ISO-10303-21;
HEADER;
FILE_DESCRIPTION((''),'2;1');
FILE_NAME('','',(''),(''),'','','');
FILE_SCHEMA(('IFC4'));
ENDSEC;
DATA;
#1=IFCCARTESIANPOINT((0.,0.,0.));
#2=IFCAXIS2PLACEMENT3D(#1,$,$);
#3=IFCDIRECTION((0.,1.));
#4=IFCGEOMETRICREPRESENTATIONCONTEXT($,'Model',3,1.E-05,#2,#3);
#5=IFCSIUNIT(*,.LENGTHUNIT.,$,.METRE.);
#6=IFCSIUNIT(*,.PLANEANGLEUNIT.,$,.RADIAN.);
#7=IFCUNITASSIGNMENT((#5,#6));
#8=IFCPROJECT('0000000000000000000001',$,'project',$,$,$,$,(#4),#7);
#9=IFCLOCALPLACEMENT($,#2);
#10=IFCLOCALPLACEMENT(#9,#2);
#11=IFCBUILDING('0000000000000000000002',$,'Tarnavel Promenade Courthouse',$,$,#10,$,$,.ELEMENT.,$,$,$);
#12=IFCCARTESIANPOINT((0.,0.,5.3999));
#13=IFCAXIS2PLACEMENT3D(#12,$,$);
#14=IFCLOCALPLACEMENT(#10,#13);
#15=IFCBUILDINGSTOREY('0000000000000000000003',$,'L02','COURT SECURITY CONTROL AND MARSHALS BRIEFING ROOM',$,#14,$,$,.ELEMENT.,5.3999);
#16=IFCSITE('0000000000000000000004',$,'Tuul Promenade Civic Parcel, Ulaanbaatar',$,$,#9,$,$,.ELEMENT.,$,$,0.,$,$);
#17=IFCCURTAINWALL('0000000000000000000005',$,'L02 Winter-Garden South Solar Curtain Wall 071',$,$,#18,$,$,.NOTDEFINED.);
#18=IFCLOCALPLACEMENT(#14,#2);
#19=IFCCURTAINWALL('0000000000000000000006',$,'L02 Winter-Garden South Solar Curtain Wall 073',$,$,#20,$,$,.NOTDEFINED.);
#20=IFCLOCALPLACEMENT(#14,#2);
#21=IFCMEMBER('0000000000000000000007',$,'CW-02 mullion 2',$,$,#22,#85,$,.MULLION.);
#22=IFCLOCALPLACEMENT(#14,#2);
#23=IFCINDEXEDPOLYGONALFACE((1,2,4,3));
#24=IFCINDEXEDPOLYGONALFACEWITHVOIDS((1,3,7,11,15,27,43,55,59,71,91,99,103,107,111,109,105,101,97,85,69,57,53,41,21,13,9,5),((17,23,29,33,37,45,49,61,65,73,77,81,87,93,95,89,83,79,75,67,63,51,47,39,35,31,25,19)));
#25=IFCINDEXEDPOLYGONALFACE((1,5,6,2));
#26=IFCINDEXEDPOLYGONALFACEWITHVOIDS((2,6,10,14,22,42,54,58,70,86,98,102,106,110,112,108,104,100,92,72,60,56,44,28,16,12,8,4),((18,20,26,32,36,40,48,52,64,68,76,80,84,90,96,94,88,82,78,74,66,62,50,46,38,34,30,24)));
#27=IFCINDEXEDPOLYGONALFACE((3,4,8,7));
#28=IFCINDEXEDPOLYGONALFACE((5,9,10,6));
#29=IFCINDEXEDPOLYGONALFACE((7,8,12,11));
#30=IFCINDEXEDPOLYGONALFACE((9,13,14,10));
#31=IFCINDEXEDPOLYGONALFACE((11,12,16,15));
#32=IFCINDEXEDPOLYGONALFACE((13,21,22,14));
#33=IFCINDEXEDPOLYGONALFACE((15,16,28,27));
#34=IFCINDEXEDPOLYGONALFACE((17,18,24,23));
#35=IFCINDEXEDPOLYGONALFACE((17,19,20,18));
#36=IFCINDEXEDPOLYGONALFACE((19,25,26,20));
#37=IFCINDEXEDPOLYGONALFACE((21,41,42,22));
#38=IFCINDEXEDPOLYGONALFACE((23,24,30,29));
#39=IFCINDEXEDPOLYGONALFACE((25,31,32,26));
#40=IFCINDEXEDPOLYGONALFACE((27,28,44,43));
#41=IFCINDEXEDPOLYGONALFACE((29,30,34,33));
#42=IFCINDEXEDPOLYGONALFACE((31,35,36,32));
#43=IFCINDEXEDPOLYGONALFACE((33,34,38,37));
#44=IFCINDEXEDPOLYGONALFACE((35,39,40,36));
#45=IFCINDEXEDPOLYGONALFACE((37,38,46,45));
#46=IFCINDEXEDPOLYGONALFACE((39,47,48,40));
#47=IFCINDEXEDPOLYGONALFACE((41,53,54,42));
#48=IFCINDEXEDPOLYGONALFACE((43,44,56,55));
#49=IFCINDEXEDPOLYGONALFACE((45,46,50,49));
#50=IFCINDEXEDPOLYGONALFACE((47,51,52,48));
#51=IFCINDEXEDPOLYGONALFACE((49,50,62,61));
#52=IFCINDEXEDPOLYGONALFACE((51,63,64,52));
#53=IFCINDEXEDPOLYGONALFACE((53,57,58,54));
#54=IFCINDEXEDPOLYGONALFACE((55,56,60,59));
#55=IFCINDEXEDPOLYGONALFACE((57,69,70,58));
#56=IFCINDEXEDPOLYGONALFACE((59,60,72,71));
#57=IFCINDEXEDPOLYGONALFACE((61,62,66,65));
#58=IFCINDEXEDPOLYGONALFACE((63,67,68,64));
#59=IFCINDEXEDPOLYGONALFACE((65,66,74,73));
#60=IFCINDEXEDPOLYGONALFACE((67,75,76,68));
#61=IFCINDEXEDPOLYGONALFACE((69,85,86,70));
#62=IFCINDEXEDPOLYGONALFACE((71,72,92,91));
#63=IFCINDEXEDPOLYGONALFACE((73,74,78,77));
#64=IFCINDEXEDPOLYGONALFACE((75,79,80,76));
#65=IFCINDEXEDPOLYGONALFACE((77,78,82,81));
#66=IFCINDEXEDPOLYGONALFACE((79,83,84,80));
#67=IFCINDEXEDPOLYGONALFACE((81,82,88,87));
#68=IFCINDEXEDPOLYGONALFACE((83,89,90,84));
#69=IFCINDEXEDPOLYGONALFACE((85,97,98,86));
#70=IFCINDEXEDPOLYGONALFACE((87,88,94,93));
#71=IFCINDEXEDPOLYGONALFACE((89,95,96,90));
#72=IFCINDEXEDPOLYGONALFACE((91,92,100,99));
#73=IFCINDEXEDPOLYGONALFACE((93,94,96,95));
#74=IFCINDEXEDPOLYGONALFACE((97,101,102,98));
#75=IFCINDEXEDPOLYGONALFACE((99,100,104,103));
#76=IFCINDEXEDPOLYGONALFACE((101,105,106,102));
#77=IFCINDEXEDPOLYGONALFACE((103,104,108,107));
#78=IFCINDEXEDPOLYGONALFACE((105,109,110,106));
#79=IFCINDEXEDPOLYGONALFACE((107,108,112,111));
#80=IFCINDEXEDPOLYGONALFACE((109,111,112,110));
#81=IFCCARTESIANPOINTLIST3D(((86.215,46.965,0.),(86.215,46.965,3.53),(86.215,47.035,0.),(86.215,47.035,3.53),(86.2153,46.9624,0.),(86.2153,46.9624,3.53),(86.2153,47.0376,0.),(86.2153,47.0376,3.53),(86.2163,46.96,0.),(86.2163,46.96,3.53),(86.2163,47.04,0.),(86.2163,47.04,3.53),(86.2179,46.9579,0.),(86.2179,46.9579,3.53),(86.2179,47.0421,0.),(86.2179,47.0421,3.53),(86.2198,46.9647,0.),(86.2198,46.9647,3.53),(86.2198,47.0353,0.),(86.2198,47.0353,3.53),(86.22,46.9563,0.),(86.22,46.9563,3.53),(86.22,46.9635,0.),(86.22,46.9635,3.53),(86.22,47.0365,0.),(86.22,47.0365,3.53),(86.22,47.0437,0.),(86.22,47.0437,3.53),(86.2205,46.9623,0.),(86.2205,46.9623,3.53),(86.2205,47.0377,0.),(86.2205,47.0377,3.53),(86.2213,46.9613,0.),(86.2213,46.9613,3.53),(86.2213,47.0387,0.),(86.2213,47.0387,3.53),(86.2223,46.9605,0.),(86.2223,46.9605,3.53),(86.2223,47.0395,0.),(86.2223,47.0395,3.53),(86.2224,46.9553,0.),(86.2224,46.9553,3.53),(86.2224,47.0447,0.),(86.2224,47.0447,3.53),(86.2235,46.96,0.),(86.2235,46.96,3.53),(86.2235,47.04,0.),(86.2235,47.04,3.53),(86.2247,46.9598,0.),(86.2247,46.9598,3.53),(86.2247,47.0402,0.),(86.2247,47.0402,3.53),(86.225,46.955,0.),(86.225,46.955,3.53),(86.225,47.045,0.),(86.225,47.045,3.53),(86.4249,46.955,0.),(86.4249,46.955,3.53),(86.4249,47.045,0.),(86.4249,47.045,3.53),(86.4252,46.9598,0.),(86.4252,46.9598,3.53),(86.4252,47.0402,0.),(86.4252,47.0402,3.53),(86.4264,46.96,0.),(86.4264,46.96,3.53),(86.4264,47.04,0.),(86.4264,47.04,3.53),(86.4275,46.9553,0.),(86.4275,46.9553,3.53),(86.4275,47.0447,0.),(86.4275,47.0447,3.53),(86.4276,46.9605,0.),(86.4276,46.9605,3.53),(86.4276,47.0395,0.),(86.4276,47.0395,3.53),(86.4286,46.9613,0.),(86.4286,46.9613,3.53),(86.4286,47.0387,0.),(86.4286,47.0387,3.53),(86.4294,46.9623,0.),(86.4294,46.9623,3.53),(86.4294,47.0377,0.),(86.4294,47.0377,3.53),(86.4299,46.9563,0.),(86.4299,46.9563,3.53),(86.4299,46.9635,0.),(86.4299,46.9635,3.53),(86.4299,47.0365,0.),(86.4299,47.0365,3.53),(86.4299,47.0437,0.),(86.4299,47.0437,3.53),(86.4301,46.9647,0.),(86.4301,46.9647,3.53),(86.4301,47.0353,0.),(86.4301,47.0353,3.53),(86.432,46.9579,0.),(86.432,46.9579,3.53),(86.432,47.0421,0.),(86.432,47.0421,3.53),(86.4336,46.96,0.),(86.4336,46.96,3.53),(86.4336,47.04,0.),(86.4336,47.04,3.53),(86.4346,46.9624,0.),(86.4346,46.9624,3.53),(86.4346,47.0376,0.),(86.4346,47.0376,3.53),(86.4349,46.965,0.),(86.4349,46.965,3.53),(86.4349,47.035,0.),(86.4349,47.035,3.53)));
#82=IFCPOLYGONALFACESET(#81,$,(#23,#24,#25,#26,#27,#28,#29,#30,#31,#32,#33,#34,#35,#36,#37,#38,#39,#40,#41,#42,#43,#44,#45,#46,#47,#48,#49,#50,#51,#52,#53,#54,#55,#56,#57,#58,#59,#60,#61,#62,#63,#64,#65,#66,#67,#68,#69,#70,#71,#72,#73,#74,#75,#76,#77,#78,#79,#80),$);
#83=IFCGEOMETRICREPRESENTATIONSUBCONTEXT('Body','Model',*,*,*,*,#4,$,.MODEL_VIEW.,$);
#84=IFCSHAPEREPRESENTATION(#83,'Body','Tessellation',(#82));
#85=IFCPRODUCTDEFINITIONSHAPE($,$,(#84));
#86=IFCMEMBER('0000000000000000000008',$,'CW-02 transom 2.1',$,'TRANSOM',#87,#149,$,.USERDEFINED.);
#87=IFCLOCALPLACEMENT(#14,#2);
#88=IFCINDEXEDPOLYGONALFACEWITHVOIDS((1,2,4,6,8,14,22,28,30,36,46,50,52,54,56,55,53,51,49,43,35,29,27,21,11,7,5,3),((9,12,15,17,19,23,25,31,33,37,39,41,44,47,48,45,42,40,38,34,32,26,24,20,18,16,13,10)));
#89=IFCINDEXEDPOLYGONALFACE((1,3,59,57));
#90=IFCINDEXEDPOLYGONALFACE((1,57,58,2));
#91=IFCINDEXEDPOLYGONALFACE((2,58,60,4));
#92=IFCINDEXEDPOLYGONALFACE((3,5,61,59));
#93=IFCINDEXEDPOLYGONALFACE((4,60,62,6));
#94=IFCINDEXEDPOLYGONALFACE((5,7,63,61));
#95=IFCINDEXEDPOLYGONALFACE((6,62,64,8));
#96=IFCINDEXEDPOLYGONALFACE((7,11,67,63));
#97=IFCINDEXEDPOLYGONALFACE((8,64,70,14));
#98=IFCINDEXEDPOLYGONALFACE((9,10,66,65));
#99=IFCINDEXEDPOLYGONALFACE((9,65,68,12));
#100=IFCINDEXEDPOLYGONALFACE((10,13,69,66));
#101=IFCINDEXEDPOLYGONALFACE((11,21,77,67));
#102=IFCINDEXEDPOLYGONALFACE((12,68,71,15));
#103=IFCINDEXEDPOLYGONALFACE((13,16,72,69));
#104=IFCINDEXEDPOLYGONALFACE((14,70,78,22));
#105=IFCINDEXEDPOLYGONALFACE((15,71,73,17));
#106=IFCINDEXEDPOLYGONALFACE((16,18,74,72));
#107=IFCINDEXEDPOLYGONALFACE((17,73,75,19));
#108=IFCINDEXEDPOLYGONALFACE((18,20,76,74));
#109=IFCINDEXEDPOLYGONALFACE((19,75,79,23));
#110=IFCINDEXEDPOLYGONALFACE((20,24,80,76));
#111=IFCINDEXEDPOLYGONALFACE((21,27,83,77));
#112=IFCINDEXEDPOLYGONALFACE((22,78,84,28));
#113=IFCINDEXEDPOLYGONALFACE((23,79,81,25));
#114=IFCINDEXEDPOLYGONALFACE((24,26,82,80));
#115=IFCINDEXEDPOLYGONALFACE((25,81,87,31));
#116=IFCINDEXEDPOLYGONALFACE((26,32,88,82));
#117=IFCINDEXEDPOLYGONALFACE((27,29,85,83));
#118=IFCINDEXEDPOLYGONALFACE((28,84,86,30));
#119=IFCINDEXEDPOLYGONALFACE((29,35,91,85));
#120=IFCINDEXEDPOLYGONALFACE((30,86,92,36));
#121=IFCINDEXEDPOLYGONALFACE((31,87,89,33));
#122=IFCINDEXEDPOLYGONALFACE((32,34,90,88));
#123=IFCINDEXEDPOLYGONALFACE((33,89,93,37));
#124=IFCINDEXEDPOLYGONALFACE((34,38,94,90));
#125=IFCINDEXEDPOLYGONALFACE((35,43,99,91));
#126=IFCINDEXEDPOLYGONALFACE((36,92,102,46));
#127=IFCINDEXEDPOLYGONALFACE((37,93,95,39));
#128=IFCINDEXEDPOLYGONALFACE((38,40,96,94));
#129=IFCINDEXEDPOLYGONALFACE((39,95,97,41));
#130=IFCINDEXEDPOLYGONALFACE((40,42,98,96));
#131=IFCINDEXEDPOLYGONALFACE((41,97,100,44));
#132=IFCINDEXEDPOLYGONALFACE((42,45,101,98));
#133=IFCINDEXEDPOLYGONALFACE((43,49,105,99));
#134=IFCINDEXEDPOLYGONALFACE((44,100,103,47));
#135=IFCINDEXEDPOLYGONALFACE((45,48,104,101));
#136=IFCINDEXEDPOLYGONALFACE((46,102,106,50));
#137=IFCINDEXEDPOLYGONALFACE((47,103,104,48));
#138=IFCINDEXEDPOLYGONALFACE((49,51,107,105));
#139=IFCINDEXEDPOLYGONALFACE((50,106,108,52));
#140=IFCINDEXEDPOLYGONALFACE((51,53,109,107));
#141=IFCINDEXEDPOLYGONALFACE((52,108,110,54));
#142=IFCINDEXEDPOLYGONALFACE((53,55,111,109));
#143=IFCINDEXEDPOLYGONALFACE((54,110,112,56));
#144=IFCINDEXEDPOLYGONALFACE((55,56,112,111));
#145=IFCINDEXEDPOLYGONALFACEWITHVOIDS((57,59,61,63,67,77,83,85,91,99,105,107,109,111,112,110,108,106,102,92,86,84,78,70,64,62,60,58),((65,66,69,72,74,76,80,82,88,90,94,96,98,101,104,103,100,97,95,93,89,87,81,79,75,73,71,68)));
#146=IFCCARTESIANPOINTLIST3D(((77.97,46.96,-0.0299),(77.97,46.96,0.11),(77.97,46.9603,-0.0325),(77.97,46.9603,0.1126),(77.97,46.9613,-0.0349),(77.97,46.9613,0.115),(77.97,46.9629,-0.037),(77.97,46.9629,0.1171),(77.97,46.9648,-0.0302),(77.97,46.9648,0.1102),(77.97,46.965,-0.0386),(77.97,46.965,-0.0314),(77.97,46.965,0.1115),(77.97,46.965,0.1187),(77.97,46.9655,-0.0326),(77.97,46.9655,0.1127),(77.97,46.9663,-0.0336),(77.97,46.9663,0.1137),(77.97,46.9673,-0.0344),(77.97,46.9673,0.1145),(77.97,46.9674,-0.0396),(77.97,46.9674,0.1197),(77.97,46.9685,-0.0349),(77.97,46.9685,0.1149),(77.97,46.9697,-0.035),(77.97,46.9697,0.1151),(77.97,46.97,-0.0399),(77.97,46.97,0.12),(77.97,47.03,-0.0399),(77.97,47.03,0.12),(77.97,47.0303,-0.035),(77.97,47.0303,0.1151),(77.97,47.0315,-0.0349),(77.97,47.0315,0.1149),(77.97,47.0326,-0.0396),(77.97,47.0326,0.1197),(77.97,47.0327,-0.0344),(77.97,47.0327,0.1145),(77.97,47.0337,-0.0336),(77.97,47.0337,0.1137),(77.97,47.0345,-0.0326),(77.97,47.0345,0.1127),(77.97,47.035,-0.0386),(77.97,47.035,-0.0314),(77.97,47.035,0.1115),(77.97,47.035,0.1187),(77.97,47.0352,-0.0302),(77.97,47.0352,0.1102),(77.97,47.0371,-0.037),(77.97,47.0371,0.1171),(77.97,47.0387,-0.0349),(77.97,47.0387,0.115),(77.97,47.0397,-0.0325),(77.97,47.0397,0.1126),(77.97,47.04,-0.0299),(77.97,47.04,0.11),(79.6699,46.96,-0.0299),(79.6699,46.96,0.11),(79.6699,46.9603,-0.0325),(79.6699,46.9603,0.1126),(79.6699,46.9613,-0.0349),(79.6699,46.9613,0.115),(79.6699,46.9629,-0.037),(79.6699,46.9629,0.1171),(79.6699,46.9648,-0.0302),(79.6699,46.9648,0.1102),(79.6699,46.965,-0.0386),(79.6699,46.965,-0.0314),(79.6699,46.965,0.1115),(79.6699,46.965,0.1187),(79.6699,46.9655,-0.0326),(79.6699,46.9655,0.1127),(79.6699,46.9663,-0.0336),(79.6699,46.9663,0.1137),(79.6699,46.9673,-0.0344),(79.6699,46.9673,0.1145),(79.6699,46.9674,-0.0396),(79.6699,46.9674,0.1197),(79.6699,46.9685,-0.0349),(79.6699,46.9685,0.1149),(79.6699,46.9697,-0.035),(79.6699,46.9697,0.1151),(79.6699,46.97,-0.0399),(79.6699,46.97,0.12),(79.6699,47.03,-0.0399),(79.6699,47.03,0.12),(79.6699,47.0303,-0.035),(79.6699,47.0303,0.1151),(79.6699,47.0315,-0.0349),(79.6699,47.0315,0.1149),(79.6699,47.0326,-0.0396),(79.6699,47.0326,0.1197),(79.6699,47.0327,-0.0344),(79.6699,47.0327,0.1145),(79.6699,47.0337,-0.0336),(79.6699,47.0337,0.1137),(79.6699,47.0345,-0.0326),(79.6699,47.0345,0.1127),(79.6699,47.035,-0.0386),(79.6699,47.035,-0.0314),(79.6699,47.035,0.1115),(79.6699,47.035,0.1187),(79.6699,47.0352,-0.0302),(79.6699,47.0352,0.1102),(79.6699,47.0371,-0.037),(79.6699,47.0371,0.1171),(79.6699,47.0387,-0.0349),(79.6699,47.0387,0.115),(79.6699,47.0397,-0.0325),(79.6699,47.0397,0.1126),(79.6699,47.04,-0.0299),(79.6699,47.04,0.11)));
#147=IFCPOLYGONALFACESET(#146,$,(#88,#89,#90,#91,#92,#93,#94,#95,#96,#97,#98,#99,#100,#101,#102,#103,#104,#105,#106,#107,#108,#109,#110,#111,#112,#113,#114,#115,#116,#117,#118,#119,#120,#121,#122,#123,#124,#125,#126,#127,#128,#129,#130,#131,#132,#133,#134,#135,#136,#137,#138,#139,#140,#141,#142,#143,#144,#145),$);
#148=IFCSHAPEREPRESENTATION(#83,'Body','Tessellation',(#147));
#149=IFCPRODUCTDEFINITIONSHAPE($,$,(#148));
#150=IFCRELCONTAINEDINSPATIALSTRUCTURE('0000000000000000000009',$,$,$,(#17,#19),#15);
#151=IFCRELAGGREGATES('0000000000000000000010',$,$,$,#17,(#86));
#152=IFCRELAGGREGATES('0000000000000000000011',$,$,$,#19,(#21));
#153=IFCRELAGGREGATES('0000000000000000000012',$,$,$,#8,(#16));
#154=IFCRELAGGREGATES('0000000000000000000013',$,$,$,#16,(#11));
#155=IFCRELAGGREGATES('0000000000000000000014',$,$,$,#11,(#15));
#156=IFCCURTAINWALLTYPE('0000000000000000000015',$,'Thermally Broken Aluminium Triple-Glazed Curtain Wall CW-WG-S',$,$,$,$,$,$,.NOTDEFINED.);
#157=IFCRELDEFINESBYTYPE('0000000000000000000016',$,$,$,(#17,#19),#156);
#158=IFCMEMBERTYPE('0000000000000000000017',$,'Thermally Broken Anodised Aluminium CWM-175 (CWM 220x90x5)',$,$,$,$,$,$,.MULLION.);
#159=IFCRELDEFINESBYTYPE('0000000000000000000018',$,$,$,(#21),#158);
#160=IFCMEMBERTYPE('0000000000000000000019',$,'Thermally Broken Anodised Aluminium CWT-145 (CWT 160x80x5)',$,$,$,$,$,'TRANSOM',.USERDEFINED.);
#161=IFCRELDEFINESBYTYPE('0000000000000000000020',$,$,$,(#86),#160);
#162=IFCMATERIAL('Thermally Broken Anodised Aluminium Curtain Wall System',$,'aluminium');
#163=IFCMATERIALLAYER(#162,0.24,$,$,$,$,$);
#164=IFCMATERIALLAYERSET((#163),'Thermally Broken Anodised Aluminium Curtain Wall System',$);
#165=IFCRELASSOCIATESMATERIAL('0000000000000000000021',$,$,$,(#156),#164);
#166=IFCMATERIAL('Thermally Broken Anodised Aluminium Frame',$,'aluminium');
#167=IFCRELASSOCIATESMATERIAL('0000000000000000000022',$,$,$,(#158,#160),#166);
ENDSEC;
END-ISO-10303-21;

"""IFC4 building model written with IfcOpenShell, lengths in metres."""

from ifc_helpers import new_model, si_unit, direction, frame, origin, origin_2d, place, context, subcontext, project, spatial, hollow_rectangle, extrude, material, layer, layer_set, material_profile, profile_set, type_object, element, aggregate, save


model = new_model("IFC4")

# Units and contexts
model_context = context("Model", 3, precision=1e-05, world=origin(), true_north=direction((0.0, 1.0)))
body_context = subcontext(model_context, "Body", "Model", "MODEL_VIEW")
ifc_project = project(units=[si_unit("LENGTHUNIT", "METRE"), si_unit("PLANEANGLEUNIT", "RADIAN")], contexts=[model_context])

# Site, building, storey
site_placement = place(None, origin())
site = spatial("IfcSite", under=ifc_project, at=site_placement, Name="Tuul Promenade Civic Parcel, Ulaanbaatar", CompositionType="ELEMENT", RefElevation=0.0)
building_placement = place(site_placement, origin())
building = spatial("IfcBuilding", under=site, at=building_placement, Name="Tarnavel Promenade Courthouse", CompositionType="ELEMENT")
storey_placement = place(building_placement, frame((0.0, 0.0, 5.3999)))
storey = spatial("IfcBuildingStorey", under=building, at=storey_placement, Name="L02", Description="COURT SECURITY CONTROL AND MARSHALS BRIEFING ROOM", CompositionType="ELEMENT", Elevation=5.3999)

# Curtain walls, member
ifc_material_1 = material(Name="Thermally Broken Anodised Aluminium Curtain Wall System", Category="aluminium")
ifc_layer_1 = layer(ifc_material_1, 0.24)
ifc_layer_set_1 = layer_set([ifc_layer_1], Name="Thermally Broken Anodised Aluminium Curtain Wall System")
curtain_wall_type = type_object("IfcCurtainWallType", Name="Thermally Broken Aluminium Triple-Glazed Curtain Wall CW-WG-S", PredefinedType="NOTDEFINED", material=ifc_layer_set_1)
curtain_wall_1_placement = place(storey_placement, origin())
curtain_wall_1 = element("IfcCurtainWall", 1, at=curtain_wall_1_placement, inside=storey, type_object=curtain_wall_type, Name="L02 Winter-Garden South Solar Curtain Wall 071", PredefinedType="NOTDEFINED")
ifc_material_2 = material(Name="Thermally Broken Anodised Aluminium Frame", Category="aluminium")
ifc_material_profile_1 = material_profile(ifc_material_2, hollow_rectangle(XDim=0.0901, YDim=0.22, WallThickness=0.0049, InnerFilletRadius=0.0049, OuterFilletRadius=0.01, at=origin_2d()), Name="CWM 220x90x5")
ifc_profile_set_1 = profile_set([ifc_material_profile_1], Name="Thermally Broken Anodised Aluminium Frame")
member_type_1 = type_object("IfcMemberType", Name="Thermally Broken Anodised Aluminium CWM-175 (CWM 220x90x5)", PredefinedType="MULLION", material=ifc_profile_set_1)
curtain_wall_2_placement = place(storey_placement, origin())
curtain_wall_2 = element("IfcCurtainWall", 2, at=curtain_wall_2_placement, inside=storey, type_object=curtain_wall_type, Name="L02 Winter-Garden South Solar Curtain Wall 073", PredefinedType="NOTDEFINED")
member_1_placement = place(storey_placement, frame((86.325, 47.0, 0.0), z_axis=(0.0, 0.0, 1.0), x_axis=(0.0, 1.0, 0.0)))
member_1 = element("IfcMember", 3, at=member_1_placement, type_object=member_type_1, Name="CW-02 mullion 2", PredefinedType="MULLION", context=body_context, shape_type="SweptSolid", body=[
    extrude(hollow_rectangle(XDim=0.0901, YDim=0.22, WallThickness=0.0049, InnerFilletRadius=0.0049, OuterFilletRadius=0.01, at=origin_2d()), origin(), (0.0, 0.0, 1.0), 3.53),
])

# Member
ifc_material_profile_2 = material_profile(ifc_material_2, hollow_rectangle(XDim=0.0801, YDim=0.1599, WallThickness=0.0049, InnerFilletRadius=0.0049, OuterFilletRadius=0.01, at=origin_2d()), Name="CWT 160x80x5")
ifc_profile_set_2 = profile_set([ifc_material_profile_2], Name="Thermally Broken Anodised Aluminium Frame")
member_type_2 = type_object("IfcMemberType", Name="Thermally Broken Anodised Aluminium CWT-145 (CWT 160x80x5)", ElementType="TRANSOM", PredefinedType="USERDEFINED", material=ifc_profile_set_2)
member_2_placement = place(storey_placement, frame((77.97, 47.0, 0.04), z_axis=(1.0, 0.0, 0.0), x_axis=(0.0, 1.0, 0.0)))
member_2 = element("IfcMember", 4, at=member_2_placement, type_object=member_type_2, Name="CW-02 transom 2.1", ObjectType="TRANSOM", PredefinedType="USERDEFINED", context=body_context, shape_type="SweptSolid", body=[
    extrude(hollow_rectangle(XDim=0.0801, YDim=0.1599, WallThickness=0.0049, InnerFilletRadius=0.0049, OuterFilletRadius=0.01, at=origin_2d()), origin(), (0.0, 0.0, 1.0), 1.7),
])

aggregate(curtain_wall_1, [member_2])
aggregate(curtain_wall_2, [member_1])

save(model, "model.ifc")
